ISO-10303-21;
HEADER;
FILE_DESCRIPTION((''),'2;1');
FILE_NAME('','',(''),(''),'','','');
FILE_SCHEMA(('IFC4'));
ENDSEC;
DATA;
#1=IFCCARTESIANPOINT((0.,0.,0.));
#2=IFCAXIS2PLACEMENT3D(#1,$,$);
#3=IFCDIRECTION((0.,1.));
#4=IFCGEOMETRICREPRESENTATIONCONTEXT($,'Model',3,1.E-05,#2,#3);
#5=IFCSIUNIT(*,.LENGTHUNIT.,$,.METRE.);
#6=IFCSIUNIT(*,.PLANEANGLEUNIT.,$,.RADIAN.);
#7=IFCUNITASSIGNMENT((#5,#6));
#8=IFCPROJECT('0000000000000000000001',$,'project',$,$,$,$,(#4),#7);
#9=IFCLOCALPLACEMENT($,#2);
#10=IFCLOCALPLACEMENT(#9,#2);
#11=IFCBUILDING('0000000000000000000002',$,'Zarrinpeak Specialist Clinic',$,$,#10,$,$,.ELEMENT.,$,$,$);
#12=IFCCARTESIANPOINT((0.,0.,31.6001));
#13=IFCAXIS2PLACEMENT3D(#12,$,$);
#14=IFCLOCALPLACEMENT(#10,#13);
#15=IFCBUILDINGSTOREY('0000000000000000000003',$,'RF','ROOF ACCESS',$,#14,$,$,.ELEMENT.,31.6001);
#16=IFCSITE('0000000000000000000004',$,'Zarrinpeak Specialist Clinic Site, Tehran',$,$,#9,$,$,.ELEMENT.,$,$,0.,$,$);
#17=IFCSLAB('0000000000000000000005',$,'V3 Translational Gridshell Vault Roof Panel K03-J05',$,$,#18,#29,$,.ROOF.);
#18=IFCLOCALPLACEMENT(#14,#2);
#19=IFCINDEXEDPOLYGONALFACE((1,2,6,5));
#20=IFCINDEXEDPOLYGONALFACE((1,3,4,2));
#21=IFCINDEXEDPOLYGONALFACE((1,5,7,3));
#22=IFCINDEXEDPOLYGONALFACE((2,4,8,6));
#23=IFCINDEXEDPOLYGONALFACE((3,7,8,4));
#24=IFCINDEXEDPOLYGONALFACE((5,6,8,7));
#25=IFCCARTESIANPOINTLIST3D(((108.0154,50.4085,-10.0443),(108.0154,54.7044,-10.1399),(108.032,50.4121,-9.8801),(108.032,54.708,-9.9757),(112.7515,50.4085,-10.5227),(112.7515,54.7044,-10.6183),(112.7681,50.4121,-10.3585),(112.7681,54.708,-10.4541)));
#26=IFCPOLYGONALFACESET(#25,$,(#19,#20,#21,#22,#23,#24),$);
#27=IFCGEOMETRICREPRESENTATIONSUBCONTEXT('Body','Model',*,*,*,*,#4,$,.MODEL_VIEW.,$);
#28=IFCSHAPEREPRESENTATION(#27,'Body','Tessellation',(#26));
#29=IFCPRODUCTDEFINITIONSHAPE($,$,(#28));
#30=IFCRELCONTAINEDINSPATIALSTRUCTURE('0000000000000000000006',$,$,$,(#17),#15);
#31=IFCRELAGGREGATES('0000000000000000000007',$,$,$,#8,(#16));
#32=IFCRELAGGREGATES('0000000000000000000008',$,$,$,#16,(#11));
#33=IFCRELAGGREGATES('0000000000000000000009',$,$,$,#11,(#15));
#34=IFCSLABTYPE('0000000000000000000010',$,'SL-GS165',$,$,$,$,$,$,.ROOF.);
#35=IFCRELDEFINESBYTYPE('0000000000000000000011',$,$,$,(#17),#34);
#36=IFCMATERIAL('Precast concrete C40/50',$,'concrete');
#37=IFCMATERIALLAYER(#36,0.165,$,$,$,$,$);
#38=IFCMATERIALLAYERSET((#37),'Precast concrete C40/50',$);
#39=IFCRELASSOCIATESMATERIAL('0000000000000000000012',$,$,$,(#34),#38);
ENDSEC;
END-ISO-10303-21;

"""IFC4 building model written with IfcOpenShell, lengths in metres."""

from ifc_helpers import new_model, si_unit, direction, frame, origin, place, context, subcontext, project, spatial, polyline, outline, extrude, material, layer, layer_set, type_object, element, save


model = new_model("IFC4")

# Units and contexts
model_context = context("Model", 3, precision=1e-05, world=origin(), true_north=direction((0.0, 1.0)))
body_context = subcontext(model_context, "Body", "Model", "MODEL_VIEW")
ifc_project = project(units=[si_unit("LENGTHUNIT", "METRE"), si_unit("PLANEANGLEUNIT", "RADIAN")], contexts=[model_context])

# Site, building, storey
site_placement = place(None, origin())
site = spatial("IfcSite", under=ifc_project, at=site_placement, Name="Zarrinpeak Specialist Clinic Site, Tehran", CompositionType="ELEMENT", RefElevation=0.0)
building_placement = place(site_placement, origin())
building = spatial("IfcBuilding", under=site, at=building_placement, Name="Zarrinpeak Specialist Clinic", CompositionType="ELEMENT")
storey_placement = place(building_placement, frame((0.0, 0.0, 31.6001)))
storey = spatial("IfcBuildingStorey", under=building, at=storey_placement, Name="RF", Description="ROOF ACCESS", CompositionType="ELEMENT", Elevation=31.6001)

# Shared definitions
ifc_material_1 = material(Name="Precast concrete C40/50", Category="concrete")
ifc_layer_1 = layer(ifc_material_1, 0.165)
ifc_layer_set_1 = layer_set([ifc_layer_1], Name="Precast concrete C40/50")
slab_type = type_object("IfcSlabType", Name="SL-GS165", PredefinedType="ROOF", material=ifc_layer_set_1)

# Slab
slab_1_placement = place(storey_placement, frame((108.032, 50.4121, -9.8801), z_axis=(0.100474, 0.022131, 0.994693), x_axis=(0.994937, -0.000001, -0.100499)))
element("IfcSlab", 1, at=slab_1_placement, inside=storey, type_object=slab_type, Name="V3 Translational Gridshell Vault Roof Panel K03-J05", PredefinedType="ROOF", context=body_context, shape_type="SweptSolid", body=[
    extrude(outline(polyline([(0.0, 0.0), (4.7602, 0.0), (4.7698, 4.297), (0.0096, 4.2969), (0.0, 0.0)])), origin(), (0.0, 0.0, -1.0), 0.165),
])

save(model, "model.ifc")
